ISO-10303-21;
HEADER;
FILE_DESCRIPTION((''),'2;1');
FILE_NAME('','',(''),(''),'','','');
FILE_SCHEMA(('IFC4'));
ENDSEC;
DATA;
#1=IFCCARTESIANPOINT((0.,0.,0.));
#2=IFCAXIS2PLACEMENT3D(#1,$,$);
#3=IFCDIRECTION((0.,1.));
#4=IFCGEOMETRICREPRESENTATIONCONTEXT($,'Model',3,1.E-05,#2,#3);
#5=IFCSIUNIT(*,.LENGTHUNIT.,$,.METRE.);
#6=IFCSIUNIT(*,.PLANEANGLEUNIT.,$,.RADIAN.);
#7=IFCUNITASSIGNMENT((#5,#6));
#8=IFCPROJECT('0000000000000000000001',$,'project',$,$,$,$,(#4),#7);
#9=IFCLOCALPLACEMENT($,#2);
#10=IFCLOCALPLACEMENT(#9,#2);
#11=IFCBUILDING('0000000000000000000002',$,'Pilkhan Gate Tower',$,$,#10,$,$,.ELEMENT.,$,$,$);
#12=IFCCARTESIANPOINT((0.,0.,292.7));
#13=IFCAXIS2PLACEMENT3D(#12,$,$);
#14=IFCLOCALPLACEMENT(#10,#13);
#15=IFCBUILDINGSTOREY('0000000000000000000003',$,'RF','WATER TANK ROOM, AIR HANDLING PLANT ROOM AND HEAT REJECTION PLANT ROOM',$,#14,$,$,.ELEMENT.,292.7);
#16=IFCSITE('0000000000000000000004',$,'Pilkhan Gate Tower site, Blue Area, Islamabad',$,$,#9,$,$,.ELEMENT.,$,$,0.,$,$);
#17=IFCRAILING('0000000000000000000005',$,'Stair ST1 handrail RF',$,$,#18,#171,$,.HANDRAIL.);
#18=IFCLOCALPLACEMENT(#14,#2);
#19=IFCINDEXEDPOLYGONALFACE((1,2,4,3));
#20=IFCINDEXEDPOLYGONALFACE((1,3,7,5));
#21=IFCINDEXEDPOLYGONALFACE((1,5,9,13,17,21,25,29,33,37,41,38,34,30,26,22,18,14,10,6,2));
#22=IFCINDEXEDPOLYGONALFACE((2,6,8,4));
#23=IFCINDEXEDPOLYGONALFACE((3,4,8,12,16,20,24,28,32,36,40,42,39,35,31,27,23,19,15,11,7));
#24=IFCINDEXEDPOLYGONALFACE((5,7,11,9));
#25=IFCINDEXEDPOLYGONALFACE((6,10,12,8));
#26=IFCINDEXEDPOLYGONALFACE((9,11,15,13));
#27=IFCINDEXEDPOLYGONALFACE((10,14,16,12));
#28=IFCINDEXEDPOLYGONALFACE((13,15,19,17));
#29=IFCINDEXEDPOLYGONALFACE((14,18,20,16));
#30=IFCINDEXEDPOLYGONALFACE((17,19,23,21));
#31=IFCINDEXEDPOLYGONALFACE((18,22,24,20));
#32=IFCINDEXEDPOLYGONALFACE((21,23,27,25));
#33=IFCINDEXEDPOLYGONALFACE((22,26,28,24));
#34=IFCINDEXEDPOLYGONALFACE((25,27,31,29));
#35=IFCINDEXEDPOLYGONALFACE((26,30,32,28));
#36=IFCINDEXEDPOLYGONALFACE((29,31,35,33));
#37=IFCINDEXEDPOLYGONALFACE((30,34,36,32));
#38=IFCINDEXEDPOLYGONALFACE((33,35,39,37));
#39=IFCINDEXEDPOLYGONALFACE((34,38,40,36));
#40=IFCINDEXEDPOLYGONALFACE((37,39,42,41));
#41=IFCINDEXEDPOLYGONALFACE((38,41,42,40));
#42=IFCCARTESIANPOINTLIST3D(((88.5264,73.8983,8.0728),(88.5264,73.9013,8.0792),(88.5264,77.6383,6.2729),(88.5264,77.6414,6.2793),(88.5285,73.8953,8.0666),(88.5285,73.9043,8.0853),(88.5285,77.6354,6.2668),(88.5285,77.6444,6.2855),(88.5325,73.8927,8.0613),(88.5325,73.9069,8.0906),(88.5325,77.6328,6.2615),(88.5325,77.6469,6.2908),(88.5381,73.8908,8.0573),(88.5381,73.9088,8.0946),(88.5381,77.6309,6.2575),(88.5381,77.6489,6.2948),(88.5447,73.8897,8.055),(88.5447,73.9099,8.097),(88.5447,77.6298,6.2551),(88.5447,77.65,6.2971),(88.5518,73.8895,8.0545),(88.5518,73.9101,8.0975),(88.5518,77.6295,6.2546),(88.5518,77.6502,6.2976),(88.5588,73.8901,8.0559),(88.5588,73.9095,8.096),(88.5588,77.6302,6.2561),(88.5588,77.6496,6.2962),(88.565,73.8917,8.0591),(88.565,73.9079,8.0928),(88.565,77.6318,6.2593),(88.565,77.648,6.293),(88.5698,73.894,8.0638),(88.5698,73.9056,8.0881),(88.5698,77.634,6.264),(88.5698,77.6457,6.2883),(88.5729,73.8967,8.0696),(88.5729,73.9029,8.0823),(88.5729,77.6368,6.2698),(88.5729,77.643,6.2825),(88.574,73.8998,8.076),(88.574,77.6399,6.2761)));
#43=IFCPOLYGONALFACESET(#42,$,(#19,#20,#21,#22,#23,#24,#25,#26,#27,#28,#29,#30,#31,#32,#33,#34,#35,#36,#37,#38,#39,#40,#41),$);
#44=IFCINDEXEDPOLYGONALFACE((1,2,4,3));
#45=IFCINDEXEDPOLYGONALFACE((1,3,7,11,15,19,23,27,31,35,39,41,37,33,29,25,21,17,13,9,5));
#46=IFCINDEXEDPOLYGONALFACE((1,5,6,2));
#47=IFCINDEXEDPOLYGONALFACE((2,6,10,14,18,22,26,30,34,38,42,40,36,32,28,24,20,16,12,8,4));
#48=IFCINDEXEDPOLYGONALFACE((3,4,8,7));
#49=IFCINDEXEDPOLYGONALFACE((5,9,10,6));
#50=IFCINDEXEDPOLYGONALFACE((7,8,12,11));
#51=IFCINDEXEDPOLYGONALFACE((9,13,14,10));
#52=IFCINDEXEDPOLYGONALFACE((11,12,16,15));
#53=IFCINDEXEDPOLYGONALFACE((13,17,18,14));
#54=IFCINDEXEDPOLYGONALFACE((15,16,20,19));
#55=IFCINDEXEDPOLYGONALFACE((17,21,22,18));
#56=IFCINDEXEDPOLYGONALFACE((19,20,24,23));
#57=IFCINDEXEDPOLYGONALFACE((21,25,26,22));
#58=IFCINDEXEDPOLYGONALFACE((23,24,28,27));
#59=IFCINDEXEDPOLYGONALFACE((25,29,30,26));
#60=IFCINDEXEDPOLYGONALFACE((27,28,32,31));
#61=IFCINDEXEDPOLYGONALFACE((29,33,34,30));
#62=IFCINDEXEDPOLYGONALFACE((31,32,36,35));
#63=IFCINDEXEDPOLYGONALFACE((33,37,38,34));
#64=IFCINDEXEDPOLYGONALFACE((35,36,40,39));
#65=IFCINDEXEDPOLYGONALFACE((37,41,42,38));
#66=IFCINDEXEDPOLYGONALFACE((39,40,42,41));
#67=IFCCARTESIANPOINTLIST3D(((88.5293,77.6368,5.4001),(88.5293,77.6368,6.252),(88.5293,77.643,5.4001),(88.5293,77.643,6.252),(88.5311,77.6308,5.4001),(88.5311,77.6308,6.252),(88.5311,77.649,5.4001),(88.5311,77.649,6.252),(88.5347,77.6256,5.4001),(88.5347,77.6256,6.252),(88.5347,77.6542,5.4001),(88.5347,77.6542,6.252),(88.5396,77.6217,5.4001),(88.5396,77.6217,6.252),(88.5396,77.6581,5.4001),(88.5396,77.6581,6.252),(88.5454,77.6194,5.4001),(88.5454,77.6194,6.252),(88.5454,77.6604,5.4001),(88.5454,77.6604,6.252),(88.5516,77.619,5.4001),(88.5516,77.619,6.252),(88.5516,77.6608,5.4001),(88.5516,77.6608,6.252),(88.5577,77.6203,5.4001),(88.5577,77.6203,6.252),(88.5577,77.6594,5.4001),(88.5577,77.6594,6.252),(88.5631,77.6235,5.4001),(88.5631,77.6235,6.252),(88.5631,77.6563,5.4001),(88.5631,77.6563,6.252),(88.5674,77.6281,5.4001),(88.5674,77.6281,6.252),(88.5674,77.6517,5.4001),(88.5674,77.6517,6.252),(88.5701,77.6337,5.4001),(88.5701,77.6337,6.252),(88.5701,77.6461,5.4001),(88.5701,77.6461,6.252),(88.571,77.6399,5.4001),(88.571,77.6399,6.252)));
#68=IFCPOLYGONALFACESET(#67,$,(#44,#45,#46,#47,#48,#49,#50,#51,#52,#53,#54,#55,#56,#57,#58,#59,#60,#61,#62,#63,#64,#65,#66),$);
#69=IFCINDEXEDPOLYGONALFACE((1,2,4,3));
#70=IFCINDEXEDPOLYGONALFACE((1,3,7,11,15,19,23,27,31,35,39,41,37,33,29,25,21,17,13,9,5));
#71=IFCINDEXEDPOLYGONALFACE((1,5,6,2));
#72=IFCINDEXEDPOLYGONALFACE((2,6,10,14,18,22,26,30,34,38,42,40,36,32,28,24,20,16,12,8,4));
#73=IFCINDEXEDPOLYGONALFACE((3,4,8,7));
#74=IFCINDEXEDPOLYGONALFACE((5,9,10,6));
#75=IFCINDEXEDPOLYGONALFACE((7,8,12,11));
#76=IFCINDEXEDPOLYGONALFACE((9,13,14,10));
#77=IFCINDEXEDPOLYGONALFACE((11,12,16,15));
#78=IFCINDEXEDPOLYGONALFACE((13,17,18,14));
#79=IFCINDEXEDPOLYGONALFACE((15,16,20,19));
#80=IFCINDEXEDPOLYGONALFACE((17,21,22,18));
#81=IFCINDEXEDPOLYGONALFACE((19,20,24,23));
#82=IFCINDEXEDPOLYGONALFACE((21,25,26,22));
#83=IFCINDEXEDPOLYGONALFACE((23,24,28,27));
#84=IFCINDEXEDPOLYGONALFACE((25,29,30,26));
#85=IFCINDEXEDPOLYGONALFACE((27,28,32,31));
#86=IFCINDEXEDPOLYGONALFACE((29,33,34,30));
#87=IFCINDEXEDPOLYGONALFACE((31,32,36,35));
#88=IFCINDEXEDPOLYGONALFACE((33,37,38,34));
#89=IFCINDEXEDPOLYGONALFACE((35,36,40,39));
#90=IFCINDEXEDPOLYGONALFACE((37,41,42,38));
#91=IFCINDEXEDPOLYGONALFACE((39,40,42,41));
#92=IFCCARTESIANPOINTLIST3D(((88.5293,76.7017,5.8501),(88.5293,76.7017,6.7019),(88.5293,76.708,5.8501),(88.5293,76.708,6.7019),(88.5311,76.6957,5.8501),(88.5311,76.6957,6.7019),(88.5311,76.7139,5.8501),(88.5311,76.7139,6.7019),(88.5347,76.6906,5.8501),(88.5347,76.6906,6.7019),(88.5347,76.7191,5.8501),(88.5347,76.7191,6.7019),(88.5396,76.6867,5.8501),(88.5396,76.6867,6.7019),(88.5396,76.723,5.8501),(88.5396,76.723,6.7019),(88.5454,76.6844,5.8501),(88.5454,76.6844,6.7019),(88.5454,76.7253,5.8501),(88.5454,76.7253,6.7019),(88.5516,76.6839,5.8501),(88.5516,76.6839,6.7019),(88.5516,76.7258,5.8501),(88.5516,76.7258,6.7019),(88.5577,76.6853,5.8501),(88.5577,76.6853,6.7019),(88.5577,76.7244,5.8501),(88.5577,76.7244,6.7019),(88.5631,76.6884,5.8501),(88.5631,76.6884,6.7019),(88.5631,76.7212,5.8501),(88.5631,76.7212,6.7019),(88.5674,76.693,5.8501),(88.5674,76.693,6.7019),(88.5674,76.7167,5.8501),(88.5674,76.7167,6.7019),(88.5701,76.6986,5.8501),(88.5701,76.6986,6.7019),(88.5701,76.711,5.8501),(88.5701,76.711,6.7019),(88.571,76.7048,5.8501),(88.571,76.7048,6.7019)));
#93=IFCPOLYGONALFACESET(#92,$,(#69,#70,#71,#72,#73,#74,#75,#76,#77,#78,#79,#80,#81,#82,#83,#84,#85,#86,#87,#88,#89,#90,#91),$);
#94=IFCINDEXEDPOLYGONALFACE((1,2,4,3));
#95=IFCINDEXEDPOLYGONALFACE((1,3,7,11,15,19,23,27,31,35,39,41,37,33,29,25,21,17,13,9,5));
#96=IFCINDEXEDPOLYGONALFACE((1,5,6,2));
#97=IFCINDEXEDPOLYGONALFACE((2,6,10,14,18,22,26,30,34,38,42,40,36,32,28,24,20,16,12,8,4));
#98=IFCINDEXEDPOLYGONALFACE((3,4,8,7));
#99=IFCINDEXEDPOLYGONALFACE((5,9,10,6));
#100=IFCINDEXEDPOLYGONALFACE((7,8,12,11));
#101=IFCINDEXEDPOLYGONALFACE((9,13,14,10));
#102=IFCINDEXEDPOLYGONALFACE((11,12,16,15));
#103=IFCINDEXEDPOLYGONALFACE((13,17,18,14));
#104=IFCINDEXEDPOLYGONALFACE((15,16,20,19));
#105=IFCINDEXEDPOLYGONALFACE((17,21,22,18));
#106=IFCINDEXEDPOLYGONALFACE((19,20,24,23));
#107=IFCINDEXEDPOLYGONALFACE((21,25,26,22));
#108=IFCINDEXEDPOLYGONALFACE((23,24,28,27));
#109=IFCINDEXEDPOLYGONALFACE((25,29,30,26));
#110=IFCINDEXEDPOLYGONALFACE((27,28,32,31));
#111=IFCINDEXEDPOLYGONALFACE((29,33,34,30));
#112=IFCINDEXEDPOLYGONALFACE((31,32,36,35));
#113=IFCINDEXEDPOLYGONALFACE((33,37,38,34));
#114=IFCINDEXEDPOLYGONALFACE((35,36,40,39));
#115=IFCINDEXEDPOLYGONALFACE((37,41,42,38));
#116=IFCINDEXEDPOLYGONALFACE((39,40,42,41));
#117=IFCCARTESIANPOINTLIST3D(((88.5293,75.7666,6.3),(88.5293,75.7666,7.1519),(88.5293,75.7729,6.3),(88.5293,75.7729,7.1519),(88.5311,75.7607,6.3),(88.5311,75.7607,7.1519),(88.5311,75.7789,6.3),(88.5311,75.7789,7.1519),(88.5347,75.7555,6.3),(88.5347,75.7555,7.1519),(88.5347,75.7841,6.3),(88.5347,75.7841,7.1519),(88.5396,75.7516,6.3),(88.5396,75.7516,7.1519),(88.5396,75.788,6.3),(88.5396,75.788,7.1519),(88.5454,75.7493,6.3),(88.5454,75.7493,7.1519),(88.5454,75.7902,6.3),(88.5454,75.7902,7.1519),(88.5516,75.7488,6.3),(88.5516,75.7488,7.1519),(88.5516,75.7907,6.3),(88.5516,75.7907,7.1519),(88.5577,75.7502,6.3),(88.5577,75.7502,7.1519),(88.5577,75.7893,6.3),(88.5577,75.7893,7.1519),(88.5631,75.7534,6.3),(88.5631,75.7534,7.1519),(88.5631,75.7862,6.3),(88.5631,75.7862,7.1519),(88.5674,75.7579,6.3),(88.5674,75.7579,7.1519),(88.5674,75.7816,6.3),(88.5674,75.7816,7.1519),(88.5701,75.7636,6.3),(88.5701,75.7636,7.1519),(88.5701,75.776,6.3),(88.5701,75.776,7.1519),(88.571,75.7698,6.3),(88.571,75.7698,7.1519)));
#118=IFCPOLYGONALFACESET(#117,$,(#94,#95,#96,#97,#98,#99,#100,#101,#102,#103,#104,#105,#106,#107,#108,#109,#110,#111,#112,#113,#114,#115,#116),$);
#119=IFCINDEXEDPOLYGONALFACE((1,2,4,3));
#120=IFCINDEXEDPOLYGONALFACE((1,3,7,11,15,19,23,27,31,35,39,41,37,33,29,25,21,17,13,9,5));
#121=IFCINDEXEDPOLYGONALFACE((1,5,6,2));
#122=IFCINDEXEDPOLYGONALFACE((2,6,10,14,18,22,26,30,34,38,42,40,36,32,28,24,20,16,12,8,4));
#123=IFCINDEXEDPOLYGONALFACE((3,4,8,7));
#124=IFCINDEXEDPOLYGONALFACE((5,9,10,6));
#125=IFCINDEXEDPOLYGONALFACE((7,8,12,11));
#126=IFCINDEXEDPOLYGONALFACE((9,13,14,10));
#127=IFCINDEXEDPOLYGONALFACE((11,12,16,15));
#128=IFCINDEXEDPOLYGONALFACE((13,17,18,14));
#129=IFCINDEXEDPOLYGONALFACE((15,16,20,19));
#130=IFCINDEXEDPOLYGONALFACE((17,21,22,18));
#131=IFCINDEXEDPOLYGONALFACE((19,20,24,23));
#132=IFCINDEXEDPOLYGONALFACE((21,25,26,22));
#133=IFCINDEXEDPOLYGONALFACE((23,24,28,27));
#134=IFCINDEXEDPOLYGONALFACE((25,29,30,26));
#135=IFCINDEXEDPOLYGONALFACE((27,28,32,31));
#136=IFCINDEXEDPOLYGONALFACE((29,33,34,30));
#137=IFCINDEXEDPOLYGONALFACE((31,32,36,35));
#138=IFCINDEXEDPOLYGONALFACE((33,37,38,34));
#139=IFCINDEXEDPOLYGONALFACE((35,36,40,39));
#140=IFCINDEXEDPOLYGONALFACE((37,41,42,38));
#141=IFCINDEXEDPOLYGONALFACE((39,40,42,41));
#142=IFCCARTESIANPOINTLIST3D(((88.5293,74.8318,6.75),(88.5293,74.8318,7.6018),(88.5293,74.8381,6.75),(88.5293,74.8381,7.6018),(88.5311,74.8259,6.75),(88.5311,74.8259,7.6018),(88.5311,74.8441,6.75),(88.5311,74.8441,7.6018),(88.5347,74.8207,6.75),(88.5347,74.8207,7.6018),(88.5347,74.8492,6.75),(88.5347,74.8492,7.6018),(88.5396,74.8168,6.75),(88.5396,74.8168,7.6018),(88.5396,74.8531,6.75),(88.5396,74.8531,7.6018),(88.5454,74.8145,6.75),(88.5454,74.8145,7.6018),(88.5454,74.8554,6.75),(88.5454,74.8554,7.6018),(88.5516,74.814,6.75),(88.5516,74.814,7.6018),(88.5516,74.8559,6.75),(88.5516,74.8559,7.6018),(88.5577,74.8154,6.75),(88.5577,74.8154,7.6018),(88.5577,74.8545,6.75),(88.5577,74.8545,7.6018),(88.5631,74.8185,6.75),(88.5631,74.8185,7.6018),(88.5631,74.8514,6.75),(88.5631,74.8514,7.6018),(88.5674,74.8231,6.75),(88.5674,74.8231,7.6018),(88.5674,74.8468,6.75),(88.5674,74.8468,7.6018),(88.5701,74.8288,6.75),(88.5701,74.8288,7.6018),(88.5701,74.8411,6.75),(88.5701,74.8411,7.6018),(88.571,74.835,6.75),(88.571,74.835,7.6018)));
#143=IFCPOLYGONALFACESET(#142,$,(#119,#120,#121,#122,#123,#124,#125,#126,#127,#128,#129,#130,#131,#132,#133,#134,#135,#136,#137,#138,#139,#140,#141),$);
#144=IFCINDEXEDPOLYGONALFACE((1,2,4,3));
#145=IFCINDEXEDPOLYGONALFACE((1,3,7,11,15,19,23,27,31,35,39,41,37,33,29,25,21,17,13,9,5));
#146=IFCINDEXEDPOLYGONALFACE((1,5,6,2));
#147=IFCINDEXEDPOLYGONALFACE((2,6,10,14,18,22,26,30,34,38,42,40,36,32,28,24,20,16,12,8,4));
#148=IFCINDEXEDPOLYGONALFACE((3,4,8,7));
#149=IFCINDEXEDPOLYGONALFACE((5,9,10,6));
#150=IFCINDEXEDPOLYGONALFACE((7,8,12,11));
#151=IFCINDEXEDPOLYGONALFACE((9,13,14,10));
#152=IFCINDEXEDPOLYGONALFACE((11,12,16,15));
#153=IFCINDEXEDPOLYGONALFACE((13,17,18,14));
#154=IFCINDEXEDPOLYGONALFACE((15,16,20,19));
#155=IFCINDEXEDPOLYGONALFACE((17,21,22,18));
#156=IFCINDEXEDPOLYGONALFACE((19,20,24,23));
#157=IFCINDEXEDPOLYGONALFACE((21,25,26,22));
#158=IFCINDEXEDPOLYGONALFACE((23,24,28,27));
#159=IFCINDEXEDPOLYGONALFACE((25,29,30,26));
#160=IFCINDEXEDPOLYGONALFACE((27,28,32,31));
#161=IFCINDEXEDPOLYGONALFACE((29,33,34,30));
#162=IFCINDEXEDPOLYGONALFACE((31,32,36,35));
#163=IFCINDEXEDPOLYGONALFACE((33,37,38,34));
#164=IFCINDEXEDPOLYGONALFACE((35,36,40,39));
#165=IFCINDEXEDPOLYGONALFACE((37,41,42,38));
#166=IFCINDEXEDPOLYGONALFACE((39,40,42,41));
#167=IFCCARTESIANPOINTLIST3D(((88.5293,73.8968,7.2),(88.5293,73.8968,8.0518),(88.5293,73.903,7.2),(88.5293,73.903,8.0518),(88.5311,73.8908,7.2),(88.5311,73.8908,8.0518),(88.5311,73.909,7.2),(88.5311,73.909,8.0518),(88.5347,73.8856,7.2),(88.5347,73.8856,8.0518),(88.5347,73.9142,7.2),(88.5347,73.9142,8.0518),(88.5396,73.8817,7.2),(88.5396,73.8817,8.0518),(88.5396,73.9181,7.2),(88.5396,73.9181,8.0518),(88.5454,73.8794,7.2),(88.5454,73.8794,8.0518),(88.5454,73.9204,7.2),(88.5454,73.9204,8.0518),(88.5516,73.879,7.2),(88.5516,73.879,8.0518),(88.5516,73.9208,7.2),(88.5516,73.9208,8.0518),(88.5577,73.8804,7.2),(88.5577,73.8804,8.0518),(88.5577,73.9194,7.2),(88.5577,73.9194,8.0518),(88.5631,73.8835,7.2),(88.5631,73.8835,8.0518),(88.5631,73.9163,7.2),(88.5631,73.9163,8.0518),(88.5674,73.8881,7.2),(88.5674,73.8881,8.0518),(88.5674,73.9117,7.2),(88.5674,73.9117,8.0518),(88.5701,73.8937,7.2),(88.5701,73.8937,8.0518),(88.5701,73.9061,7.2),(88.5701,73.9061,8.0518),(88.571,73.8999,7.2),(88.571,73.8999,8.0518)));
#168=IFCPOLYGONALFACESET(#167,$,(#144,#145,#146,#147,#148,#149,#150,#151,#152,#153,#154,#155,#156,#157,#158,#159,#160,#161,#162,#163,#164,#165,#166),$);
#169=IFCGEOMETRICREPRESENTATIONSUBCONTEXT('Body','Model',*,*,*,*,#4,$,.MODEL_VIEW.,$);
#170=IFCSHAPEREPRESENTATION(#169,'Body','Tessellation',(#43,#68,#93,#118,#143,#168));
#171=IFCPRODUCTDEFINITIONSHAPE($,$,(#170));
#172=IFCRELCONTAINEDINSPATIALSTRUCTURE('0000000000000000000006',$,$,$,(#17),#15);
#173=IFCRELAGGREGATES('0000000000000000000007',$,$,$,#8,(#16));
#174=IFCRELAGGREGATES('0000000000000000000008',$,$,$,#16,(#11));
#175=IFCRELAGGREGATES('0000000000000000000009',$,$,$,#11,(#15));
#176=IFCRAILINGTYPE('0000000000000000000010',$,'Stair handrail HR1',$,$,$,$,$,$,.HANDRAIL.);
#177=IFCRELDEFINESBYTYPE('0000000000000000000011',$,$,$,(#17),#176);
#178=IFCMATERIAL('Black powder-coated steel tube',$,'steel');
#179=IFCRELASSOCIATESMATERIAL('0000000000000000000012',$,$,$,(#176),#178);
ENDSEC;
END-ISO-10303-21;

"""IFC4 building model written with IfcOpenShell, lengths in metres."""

from ifc_helpers import new_model, si_unit, direction, frame, origin, origin_2d, place, context, subcontext, project, spatial, circle, extrude, material, type_object, element, save


model = new_model("IFC4")

# Units and contexts
model_context = context("Model", 3, precision=1e-05, world=origin(), true_north=direction((0.0, 1.0)))
body_context = subcontext(model_context, "Body", "Model", "MODEL_VIEW")
ifc_project = project(units=[si_unit("LENGTHUNIT", "METRE"), si_unit("PLANEANGLEUNIT", "RADIAN")], contexts=[model_context])

# Site, building, storey
site_placement = place(None, origin())
site = spatial("IfcSite", under=ifc_project, at=site_placement, Name="Pilkhan Gate Tower site, Blue Area, Islamabad", CompositionType="ELEMENT", RefElevation=0.0)
building_placement = place(site_placement, origin())
building = spatial("IfcBuilding", under=site, at=building_placement, Name="Pilkhan Gate Tower", CompositionType="ELEMENT")
storey_placement = place(building_placement, frame((0.0, 0.0, 292.7)))
storey = spatial("IfcBuildingStorey", under=building, at=storey_placement, Name="RF", Description="WATER TANK ROOM, AIR HANDLING PLANT ROOM AND HEAT REJECTION PLANT ROOM", CompositionType="ELEMENT", Elevation=292.7)

# Railing
ifc_material_1 = material(Name="Black powder-coated steel tube", Category="steel")
railing_type_1 = type_object("IfcRailingType", Name="Stair handrail HR1", PredefinedType="HANDRAIL", material=ifc_material_1)
railing_1_placement = place(storey_placement, frame((88.55, 77.6399, 5.4001)))
element("IfcRailing", 1, at=railing_1_placement, inside=storey, type_object=railing_type_1, Name="Stair ST1 handrail RF", PredefinedType="HANDRAIL", context=body_context, shape_type="SweptSolid", body=[
    extrude(circle(Radius=0.0239, at=origin_2d()), frame((0.0, 0.0, 0.876), z_axis=(0.0, -0.901089, 0.433633), x_axis=(1.0, 0.0, 0.0)), (0.0, 0.0, 1.0), 4.1506),
    extrude(circle(Radius=0.021, at=origin_2d()), origin(), (0.0, 0.0, 1.0), 0.8518),
    extrude(circle(Radius=0.021, at=origin_2d()), frame((0.0, -0.9351, 0.45)), (0.0, 0.0, 1.0), 0.8518),
    extrude(circle(Radius=0.021, at=origin_2d()), frame((0.0, -1.8701, 0.8999)), (0.0, 0.0, 1.0), 0.8518),
    extrude(circle(Radius=0.021, at=origin_2d()), frame((0.0, -2.8049, 1.3499)), (0.0, 0.0, 1.0), 0.8518),
    extrude(circle(Radius=0.021, at=origin_2d()), frame((0.0, -3.74, 1.7998)), (0.0, 0.0, 1.0), 0.8518),
])

save(model, "model.ifc")
